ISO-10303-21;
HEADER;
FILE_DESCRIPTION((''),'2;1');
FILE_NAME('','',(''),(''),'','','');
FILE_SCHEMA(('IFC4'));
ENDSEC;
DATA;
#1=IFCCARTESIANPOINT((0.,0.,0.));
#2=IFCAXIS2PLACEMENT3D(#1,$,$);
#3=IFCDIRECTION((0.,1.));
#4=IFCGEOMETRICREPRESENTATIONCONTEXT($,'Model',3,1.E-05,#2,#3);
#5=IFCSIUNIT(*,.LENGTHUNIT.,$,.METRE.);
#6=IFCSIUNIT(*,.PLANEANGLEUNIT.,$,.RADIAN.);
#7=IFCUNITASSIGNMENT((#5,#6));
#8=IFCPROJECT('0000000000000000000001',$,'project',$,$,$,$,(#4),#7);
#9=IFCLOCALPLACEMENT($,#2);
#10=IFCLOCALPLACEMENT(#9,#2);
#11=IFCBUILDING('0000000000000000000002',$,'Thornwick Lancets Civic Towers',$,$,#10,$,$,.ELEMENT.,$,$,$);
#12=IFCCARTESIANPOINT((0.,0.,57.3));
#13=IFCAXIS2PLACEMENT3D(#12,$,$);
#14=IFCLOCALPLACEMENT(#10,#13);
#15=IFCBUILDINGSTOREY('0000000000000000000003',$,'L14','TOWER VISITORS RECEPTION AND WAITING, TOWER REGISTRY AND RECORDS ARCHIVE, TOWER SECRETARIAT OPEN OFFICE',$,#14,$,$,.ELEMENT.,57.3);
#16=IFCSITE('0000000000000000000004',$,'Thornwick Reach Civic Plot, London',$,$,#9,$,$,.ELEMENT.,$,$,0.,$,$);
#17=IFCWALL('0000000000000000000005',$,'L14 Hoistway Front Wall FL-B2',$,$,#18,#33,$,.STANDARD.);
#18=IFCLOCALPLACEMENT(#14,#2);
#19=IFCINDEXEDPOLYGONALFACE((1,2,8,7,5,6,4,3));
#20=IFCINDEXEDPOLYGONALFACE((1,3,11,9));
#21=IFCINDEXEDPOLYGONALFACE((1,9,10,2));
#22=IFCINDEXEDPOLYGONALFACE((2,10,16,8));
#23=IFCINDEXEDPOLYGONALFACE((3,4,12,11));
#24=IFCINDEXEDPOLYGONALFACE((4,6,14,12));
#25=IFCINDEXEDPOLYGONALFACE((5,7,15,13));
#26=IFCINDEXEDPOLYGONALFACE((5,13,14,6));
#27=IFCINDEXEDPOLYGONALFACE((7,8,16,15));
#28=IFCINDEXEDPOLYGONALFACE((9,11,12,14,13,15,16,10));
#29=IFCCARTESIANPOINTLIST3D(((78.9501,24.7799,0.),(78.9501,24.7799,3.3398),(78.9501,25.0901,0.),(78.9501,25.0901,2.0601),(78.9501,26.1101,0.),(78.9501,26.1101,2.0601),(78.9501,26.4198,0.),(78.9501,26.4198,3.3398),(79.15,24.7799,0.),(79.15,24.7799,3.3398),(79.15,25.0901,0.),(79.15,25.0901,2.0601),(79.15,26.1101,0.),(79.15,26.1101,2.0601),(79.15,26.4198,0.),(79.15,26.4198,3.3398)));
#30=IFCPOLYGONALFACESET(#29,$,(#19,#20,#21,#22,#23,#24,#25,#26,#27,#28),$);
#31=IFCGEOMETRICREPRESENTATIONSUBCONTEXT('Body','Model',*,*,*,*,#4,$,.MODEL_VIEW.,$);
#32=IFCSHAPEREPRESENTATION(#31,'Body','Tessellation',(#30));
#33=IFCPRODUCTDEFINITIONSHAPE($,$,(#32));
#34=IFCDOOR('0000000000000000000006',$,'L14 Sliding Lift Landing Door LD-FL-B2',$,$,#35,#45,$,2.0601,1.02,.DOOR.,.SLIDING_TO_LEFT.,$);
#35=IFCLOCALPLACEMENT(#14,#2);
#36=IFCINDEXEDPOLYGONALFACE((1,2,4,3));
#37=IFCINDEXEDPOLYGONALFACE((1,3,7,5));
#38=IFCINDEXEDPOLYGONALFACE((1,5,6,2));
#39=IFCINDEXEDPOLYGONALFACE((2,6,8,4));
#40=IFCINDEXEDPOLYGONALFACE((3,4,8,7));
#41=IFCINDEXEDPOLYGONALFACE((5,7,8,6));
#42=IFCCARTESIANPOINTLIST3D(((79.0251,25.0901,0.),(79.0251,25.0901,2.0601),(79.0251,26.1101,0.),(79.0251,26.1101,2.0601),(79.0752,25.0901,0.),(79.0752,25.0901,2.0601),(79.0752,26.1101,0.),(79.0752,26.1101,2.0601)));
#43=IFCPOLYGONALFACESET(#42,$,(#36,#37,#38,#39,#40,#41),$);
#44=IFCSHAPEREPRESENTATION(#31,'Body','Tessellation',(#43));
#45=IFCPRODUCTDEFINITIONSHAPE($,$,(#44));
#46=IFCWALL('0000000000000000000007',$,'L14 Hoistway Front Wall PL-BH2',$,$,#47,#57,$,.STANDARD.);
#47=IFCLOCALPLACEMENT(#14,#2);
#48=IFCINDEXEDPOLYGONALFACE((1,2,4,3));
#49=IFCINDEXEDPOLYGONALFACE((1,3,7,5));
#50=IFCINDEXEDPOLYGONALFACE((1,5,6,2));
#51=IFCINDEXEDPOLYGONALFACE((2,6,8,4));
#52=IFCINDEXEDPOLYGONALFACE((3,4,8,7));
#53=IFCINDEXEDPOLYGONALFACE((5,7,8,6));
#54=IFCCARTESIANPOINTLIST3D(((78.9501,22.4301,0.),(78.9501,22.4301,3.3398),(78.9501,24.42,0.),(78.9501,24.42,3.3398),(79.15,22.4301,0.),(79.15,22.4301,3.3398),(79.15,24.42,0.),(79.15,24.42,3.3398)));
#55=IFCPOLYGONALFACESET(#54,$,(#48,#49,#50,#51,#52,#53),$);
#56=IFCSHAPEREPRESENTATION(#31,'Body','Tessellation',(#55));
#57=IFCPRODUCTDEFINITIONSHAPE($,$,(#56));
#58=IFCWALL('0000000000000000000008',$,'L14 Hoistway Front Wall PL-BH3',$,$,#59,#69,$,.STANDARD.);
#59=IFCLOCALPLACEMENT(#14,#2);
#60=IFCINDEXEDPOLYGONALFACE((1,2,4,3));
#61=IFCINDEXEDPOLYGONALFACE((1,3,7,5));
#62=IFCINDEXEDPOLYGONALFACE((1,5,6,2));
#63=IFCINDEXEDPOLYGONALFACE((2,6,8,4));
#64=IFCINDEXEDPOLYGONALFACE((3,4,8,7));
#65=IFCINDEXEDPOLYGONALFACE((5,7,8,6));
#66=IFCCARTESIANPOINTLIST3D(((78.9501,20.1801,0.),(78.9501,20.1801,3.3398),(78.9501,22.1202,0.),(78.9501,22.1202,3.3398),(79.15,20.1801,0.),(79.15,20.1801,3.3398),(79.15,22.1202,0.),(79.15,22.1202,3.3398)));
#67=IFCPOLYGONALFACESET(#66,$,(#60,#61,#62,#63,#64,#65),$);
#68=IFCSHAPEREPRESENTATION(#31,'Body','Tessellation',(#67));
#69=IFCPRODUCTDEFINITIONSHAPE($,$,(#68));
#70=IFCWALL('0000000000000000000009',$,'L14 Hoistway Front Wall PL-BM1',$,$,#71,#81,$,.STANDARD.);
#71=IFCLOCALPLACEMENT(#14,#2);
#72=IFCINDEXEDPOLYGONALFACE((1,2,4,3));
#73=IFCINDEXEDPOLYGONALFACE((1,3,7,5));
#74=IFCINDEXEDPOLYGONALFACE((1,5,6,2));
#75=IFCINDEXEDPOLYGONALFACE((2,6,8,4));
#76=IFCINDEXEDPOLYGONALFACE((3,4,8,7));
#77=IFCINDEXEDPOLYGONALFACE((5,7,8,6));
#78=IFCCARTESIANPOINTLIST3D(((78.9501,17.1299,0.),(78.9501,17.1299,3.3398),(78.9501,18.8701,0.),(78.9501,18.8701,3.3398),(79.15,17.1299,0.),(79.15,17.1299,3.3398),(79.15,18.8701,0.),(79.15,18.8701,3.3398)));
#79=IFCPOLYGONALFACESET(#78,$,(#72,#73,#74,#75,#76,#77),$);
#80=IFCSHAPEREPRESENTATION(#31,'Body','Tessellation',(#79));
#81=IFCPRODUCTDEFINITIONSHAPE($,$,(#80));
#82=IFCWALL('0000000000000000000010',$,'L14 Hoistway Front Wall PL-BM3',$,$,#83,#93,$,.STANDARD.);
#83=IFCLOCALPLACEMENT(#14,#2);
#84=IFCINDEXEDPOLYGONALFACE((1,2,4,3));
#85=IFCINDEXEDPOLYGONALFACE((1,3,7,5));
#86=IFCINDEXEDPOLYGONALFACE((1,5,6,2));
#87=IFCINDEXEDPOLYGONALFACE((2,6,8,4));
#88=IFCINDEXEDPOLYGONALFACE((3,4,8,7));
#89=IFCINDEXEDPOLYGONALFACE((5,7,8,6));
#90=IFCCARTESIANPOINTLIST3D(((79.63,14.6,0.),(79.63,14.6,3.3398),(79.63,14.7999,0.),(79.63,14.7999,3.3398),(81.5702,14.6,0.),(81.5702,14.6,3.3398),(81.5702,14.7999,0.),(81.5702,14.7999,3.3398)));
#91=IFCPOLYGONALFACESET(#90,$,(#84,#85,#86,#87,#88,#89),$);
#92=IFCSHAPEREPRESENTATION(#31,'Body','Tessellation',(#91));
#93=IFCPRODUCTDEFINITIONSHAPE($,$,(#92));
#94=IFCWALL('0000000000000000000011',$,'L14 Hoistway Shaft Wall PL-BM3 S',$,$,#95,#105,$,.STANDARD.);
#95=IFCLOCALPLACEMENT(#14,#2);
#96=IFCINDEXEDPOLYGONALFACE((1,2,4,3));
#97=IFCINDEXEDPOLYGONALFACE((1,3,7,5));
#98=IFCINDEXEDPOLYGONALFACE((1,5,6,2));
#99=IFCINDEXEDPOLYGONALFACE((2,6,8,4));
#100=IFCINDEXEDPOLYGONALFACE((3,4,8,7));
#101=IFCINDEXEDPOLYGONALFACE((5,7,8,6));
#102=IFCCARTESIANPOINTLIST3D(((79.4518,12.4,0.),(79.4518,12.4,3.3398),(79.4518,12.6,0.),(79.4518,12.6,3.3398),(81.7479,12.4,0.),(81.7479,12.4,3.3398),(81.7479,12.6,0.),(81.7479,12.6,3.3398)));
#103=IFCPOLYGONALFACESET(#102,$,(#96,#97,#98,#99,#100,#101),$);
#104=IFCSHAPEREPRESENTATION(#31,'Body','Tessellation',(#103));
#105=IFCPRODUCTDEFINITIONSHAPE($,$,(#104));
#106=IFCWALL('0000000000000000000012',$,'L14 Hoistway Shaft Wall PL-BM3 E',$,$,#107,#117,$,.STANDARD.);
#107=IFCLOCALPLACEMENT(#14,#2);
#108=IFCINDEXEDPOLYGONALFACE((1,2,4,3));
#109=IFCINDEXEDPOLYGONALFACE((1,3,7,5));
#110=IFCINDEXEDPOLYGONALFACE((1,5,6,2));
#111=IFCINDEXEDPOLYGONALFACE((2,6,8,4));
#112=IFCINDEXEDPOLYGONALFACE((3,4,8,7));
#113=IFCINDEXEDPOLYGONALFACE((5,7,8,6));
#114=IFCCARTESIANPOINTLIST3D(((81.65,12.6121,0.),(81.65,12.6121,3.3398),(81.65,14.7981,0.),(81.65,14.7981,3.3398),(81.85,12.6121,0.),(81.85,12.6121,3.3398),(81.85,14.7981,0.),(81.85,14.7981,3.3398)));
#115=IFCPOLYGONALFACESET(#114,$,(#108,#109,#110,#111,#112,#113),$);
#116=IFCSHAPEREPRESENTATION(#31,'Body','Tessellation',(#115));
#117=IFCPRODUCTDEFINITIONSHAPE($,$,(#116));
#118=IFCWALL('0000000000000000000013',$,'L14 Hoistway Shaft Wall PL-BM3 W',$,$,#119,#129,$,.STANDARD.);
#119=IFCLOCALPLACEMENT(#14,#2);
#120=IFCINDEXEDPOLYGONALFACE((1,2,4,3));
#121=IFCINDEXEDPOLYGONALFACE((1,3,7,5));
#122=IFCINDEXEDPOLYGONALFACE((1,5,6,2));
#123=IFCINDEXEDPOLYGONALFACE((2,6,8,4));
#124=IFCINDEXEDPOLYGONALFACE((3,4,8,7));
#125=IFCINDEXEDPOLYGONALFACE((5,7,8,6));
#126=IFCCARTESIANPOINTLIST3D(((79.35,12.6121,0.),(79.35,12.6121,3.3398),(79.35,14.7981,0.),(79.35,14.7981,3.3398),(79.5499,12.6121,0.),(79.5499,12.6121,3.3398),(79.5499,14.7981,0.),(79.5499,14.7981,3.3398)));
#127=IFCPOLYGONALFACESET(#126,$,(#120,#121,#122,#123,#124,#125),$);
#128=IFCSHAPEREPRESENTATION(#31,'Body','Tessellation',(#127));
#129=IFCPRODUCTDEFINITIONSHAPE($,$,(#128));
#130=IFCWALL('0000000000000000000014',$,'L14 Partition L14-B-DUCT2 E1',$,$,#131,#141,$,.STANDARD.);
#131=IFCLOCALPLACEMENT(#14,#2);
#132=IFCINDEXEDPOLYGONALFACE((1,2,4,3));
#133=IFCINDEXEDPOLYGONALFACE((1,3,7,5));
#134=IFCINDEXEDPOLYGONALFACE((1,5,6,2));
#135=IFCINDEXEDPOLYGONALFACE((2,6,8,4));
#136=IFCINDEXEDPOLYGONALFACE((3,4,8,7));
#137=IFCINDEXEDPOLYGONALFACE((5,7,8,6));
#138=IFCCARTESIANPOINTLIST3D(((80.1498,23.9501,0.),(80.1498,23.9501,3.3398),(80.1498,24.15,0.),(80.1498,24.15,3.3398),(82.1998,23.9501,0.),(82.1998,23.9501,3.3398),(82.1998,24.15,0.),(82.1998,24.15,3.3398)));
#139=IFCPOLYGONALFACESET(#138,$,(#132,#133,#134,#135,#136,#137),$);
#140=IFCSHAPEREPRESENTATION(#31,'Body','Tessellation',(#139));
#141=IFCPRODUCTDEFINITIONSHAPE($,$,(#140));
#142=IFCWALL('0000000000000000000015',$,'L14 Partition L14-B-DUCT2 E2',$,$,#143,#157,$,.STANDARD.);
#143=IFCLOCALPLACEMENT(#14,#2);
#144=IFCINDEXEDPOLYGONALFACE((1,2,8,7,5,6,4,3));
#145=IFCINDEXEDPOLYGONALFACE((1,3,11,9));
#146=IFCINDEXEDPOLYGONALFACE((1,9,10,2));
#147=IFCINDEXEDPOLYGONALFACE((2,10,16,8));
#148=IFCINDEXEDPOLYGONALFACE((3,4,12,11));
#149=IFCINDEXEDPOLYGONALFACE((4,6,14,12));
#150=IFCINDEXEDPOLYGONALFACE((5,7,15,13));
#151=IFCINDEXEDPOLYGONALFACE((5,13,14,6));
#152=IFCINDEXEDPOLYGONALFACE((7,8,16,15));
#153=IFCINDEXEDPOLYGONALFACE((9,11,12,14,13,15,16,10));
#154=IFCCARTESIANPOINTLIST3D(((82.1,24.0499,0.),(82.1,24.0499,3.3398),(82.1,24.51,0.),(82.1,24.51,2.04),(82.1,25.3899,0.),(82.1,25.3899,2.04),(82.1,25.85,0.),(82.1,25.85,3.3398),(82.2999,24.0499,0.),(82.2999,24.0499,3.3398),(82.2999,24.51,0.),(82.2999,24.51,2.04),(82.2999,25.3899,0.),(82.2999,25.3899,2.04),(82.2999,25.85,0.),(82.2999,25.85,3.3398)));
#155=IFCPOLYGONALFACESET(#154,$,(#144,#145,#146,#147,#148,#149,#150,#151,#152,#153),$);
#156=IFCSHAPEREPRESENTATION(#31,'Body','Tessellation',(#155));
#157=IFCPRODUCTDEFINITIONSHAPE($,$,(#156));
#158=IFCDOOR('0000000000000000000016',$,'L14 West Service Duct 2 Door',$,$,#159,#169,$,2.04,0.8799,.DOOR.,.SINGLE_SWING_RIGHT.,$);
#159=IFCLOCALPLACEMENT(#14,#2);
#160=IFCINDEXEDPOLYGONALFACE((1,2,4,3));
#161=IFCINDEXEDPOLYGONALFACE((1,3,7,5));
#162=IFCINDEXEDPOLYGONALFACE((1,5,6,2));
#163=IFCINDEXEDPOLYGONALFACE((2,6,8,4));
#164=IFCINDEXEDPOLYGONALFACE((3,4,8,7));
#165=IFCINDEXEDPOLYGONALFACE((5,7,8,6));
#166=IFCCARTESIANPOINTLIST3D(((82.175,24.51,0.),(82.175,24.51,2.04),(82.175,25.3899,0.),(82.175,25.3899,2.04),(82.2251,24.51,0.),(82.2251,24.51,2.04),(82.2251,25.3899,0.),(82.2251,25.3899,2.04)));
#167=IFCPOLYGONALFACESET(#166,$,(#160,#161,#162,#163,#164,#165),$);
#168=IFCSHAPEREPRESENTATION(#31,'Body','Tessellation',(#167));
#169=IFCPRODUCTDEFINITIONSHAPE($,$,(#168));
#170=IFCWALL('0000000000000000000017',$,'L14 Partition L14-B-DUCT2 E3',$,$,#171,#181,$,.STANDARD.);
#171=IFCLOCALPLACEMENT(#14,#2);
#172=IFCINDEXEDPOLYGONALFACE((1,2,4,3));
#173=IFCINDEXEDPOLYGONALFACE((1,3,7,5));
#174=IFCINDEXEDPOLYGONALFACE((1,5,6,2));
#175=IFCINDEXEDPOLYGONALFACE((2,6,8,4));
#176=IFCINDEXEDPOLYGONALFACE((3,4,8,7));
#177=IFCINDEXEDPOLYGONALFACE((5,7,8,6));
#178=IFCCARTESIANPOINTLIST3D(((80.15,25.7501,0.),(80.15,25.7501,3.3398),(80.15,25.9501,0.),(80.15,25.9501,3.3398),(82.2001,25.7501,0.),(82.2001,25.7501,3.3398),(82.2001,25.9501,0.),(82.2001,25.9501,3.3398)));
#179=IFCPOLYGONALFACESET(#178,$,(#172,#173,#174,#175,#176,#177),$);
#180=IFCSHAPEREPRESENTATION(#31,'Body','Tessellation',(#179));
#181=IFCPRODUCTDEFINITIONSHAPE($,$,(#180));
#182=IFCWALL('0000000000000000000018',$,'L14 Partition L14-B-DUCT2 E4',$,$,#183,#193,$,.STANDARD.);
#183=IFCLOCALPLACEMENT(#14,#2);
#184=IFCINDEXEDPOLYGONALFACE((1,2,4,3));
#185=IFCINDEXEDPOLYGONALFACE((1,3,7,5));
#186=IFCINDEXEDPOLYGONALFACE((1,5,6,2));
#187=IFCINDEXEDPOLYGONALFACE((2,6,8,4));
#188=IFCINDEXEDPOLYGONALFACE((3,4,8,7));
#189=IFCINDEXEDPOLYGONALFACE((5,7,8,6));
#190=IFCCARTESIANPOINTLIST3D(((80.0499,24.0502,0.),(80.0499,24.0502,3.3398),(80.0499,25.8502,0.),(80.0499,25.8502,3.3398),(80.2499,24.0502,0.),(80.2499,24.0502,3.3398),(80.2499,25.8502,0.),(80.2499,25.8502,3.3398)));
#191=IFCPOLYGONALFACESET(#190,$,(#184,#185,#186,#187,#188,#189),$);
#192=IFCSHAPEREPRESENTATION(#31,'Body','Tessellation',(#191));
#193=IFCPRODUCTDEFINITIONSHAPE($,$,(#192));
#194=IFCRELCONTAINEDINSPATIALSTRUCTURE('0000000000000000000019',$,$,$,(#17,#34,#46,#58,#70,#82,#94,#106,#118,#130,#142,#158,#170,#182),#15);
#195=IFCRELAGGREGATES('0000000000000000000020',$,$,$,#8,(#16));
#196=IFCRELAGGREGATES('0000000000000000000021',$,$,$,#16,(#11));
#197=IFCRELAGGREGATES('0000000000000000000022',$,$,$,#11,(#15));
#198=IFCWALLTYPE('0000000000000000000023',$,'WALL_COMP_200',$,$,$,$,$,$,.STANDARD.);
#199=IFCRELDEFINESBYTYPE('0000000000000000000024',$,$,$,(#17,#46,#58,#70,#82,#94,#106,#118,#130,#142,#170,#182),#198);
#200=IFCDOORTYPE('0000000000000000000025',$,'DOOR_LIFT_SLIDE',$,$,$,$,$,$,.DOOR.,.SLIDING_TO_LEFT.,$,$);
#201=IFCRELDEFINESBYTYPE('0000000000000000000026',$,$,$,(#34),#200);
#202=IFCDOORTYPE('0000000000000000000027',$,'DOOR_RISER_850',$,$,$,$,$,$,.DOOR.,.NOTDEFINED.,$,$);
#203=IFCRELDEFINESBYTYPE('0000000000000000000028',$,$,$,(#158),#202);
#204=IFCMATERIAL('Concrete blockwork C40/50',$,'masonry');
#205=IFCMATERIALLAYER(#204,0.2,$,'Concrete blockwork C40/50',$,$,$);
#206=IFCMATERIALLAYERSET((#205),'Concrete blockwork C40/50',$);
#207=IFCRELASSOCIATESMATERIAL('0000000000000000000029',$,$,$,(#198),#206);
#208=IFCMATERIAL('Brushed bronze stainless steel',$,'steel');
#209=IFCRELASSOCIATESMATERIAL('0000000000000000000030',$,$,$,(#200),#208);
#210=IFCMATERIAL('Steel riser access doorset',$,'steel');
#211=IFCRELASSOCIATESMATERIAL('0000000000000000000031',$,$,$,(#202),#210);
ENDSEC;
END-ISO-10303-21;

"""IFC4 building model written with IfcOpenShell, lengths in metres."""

from ifc_helpers import new_model, si_unit, direction, frame, frame_2d, origin, place, context, subcontext, project, spatial, rectangle, extrude, material, layer, layer_set, type_object, element, fill, save


model = new_model("IFC4")

# Units and contexts
model_context = context("Model", 3, precision=1e-05, world=origin(), true_north=direction((0.0, 1.0)))
body_context = subcontext(model_context, "Body", "Model", "MODEL_VIEW")
ifc_project = project(units=[si_unit("LENGTHUNIT", "METRE"), si_unit("PLANEANGLEUNIT", "RADIAN")], contexts=[model_context])

# Site, building, storey
site_placement = place(None, origin())
site = spatial("IfcSite", under=ifc_project, at=site_placement, Name="Thornwick Reach Civic Plot, London", CompositionType="ELEMENT", RefElevation=0.0)
building_placement = place(site_placement, origin())
building = spatial("IfcBuilding", under=site, at=building_placement, Name="Thornwick Lancets Civic Towers", CompositionType="ELEMENT")
storey_placement = place(building_placement, frame((0.0, 0.0, 57.3)))
storey = spatial("IfcBuildingStorey", under=building, at=storey_placement, Name="L14", Description="TOWER VISITORS RECEPTION AND WAITING, TOWER REGISTRY AND RECORDS ARCHIVE, TOWER SECRETARIAT OPEN OFFICE", CompositionType="ELEMENT", Elevation=57.3)

# Wall, opening, door
ifc_material_1 = material(Name="Concrete blockwork C40/50", Category="masonry")
ifc_layer_1 = layer(ifc_material_1, 0.2, Name="Concrete blockwork C40/50")
ifc_layer_set_1 = layer_set([ifc_layer_1], Name="Concrete blockwork C40/50")
wall_type_1 = type_object("IfcWallType", Name="WALL_COMP_200", PredefinedType="STANDARD", material=ifc_layer_set_1)
wall_1_placement = place(storey_placement, frame((79.05, 24.78, 0.0), z_axis=(0.0, 0.0, 1.0), x_axis=(0.0, 1.0, 0.0)))
wall_1 = element("IfcWall", 1, at=wall_1_placement, inside=storey, type_object=wall_type_1, Name="L14 Hoistway Front Wall FL-B2", PredefinedType="STANDARD", context=body_context, shape_type="SweptSolid", body=[
    extrude(rectangle(XDim=1.6399, YDim=0.2, at=frame_2d((0.8198, 0.0))), origin(), (0.0, 0.0, 1.0), 3.3398),
])
opening_1_placement = place(wall_1_placement, frame((0.3101, 0.0, 0.0)))
opening_1 = element("IfcOpeningElement", 2, at=opening_1_placement, cuts=wall_1, PredefinedType="OPENING", context=body_context, shape_type="SweptSolid", body=[
    extrude(rectangle(XDim=1.02, YDim=2.0601, at=frame_2d((0.51, 1.03))), frame((0.0, 0.1099, 0.0), z_axis=(0.0, -1.0, 0.0), x_axis=(1.0, 0.0, 0.0)), (0.0, 0.0, 1.0), 0.22),
])
ifc_material_2 = material(Name="Brushed bronze stainless steel", Category="steel")
door_type_1 = type_object("IfcDoorType", Name="DOOR_LIFT_SLIDE", OperationType="SLIDING_TO_LEFT", PredefinedType="DOOR", material=ifc_material_2)
door_1_placement = place(opening_1_placement, origin())
door_1 = element("IfcDoor", 3, at=door_1_placement, inside=storey, type_object=door_type_1, Name="L14 Sliding Lift Landing Door LD-FL-B2", OperationType="SLIDING_TO_LEFT", OverallHeight=2.0601, OverallWidth=1.02, PredefinedType="DOOR", context=body_context, shape_type="SweptSolid", body=[
    extrude(rectangle(XDim=1.02, YDim=2.0601, at=frame_2d((0.51, 1.03))), frame((0.0, 0.0249, 0.0), z_axis=(0.0, -1.0, 0.0), x_axis=(1.0, 0.0, 0.0)), (0.0, 0.0, 1.0), 0.05),
])
fill(opening_1, door_1)

# Walls
wall_2_placement = place(storey_placement, frame((79.05, 22.4299, 0.0), z_axis=(0.0, 0.0, 1.0), x_axis=(0.0, 1.0, 0.0)))
element("IfcWall", 4, at=wall_2_placement, inside=storey, type_object=wall_type_1, Name="L14 Hoistway Front Wall PL-BH2", PredefinedType="STANDARD", context=body_context, shape_type="SweptSolid", body=[
    extrude(rectangle(XDim=1.99, YDim=0.2, at=frame_2d((0.9951, 0.0))), origin(), (0.0, 0.0, 1.0), 3.3398),
])
wall_3_placement = place(storey_placement, frame((79.05, 20.1799, 0.0), z_axis=(0.0, 0.0, 1.0), x_axis=(0.0, 1.0, 0.0)))
element("IfcWall", 5, at=wall_3_placement, inside=storey, type_object=wall_type_1, Name="L14 Hoistway Front Wall PL-BH3", PredefinedType="STANDARD", context=body_context, shape_type="SweptSolid", body=[
    extrude(rectangle(XDim=1.9402, YDim=0.2, at=frame_2d((0.9702, 0.0))), origin(), (0.0, 0.0, 1.0), 3.3398),
])
wall_4_placement = place(storey_placement, frame((79.05, 17.1299, 0.0), z_axis=(0.0, 0.0, 1.0), x_axis=(0.0, 1.0, 0.0)))
element("IfcWall", 6, at=wall_4_placement, inside=storey, type_object=wall_type_1, Name="L14 Hoistway Front Wall PL-BM1", PredefinedType="STANDARD", context=body_context, shape_type="SweptSolid", body=[
    extrude(rectangle(XDim=1.7402, YDim=0.2, at=frame_2d((0.8701, 0.0))), origin(), (0.0, 0.0, 1.0), 3.3398),
])
wall_5_placement = place(storey_placement, frame((79.6299, 14.7, 0.0), z_axis=(0.0, 0.0, 1.0), x_axis=(1.0, 0.0, 0.0)))
element("IfcWall", 7, at=wall_5_placement, inside=storey, type_object=wall_type_1, Name="L14 Hoistway Front Wall PL-BM3", PredefinedType="STANDARD", context=body_context, shape_type="SweptSolid", body=[
    extrude(rectangle(XDim=1.9402, YDim=0.2, at=frame_2d((0.9702, 0.0))), origin(), (0.0, 0.0, 1.0), 3.3398),
])
wall_6_placement = place(storey_placement, frame((79.4519, 12.5, 0.0), z_axis=(0.0, 0.0, 1.0), x_axis=(1.0, 0.0, 0.0)))
element("IfcWall", 8, at=wall_6_placement, inside=storey, type_object=wall_type_1, Name="L14 Hoistway Shaft Wall PL-BM3 S", PredefinedType="STANDARD", context=body_context, shape_type="SweptSolid", body=[
    extrude(rectangle(XDim=2.2961, YDim=0.2, at=frame_2d((1.1479, 0.0))), origin(), (0.0, 0.0, 1.0), 3.3398),
])
for number, where, z_axis, x_axis, name in (
    (9, (81.75, 12.6121, 0.0), (0.0, 0.0, 1.0), (0.0, 1.0, 0.0), "L14 Hoistway Shaft Wall PL-BM3 E"),
    (10, (79.45, 12.6121, 0.0), (0.0, 0.0, 1.0), (0.0, 1.0, 0.0), "L14 Hoistway Shaft Wall PL-BM3 W"),
):
    element("IfcWall", number, at=place(storey_placement, frame(where, z_axis=z_axis, x_axis=x_axis)), inside=storey, type_object=wall_type_1, Name=name, PredefinedType="STANDARD", context=body_context, shape_type="SweptSolid", body=[
        extrude(rectangle(XDim=2.186, YDim=0.2, at=frame_2d((1.093, 0.0))), origin(), (0.0, 0.0, 1.0), 3.3398),
    ])
wall_7_placement = place(storey_placement, frame((80.1499, 24.05, 0.0), z_axis=(0.0, 0.0, 1.0), x_axis=(1.0, 0.0, 0.0)))
element("IfcWall", 11, at=wall_7_placement, inside=storey, type_object=wall_type_1, Name="L14 Partition L14-B-DUCT2 E1", PredefinedType="STANDARD", context=body_context, shape_type="SweptSolid", body=[
    extrude(rectangle(XDim=2.05, YDim=0.2, at=frame_2d((1.0249, 0.0))), origin(), (0.0, 0.0, 1.0), 3.3398),
])

# Wall, opening, door
wall_8_placement = place(storey_placement, frame((82.2, 24.05, 0.0), z_axis=(0.0, 0.0, 1.0), x_axis=(0.0, 1.0, 0.0)))
wall_8 = element("IfcWall", 12, at=wall_8_placement, inside=storey, type_object=wall_type_1, Name="L14 Partition L14-B-DUCT2 E2", PredefinedType="STANDARD", context=body_context, shape_type="SweptSolid", body=[
    extrude(rectangle(XDim=1.8, YDim=0.2, at=frame_2d((0.8999, 0.0))), origin(), (0.0, 0.0, 1.0), 3.3398),
])
opening_2_placement = place(wall_8_placement, frame((0.46, 0.0, 0.0)))
opening_2 = element("IfcOpeningElement", 13, at=opening_2_placement, cuts=wall_8, PredefinedType="OPENING", context=body_context, shape_type="SweptSolid", body=[
    extrude(rectangle(XDim=0.8799, YDim=2.04, at=frame_2d((0.4399, 1.02))), frame((0.0, 0.1099, 0.0), z_axis=(0.0, -1.0, 0.0), x_axis=(1.0, 0.0, 0.0)), (0.0, 0.0, 1.0), 0.22),
])
ifc_material_3 = material(Name="Steel riser access doorset", Category="steel")
door_type_2 = type_object("IfcDoorType", Name="DOOR_RISER_850", OperationType="NOTDEFINED", PredefinedType="DOOR", material=ifc_material_3)
door_2_placement = place(opening_2_placement, origin())
door_2 = element("IfcDoor", 14, at=door_2_placement, inside=storey, type_object=door_type_2, Name="L14 West Service Duct 2 Door", OperationType="SINGLE_SWING_RIGHT", OverallHeight=2.04, OverallWidth=0.8799, PredefinedType="DOOR", context=body_context, shape_type="SweptSolid", body=[
    extrude(rectangle(XDim=0.8799, YDim=2.04, at=frame_2d((0.4399, 1.02))), frame((0.0, 0.0249, 0.0), z_axis=(0.0, -1.0, 0.0), x_axis=(1.0, 0.0, 0.0)), (0.0, 0.0, 1.0), 0.05),
])
fill(opening_2, door_2)

# Walls
wall_9_placement = place(storey_placement, frame((82.2, 25.8501, 0.0), z_axis=(0.0, 0.0, 1.0), x_axis=(-1.0, 0.0, 0.0)))
element("IfcWall", 15, at=wall_9_placement, inside=storey, type_object=wall_type_1, Name="L14 Partition L14-B-DUCT2 E3", PredefinedType="STANDARD", context=body_context, shape_type="SweptSolid", body=[
    extrude(rectangle(XDim=2.05, YDim=0.2, at=frame_2d((1.0249, 0.0))), origin(), (0.0, 0.0, 1.0), 3.3398),
])
wall_10_placement = place(storey_placement, frame((80.1499, 25.8501, 0.0), z_axis=(0.0, 0.0, 1.0), x_axis=(0.0, -1.0, 0.0)))
element("IfcWall", 16, at=wall_10_placement, inside=storey, type_object=wall_type_1, Name="L14 Partition L14-B-DUCT2 E4", PredefinedType="STANDARD", context=body_context, shape_type="SweptSolid", body=[
    extrude(rectangle(XDim=1.8, YDim=0.2, at=frame_2d((0.8999, 0.0))), origin(), (0.0, 0.0, 1.0), 3.3398),
])

save(model, "model.ifc")
